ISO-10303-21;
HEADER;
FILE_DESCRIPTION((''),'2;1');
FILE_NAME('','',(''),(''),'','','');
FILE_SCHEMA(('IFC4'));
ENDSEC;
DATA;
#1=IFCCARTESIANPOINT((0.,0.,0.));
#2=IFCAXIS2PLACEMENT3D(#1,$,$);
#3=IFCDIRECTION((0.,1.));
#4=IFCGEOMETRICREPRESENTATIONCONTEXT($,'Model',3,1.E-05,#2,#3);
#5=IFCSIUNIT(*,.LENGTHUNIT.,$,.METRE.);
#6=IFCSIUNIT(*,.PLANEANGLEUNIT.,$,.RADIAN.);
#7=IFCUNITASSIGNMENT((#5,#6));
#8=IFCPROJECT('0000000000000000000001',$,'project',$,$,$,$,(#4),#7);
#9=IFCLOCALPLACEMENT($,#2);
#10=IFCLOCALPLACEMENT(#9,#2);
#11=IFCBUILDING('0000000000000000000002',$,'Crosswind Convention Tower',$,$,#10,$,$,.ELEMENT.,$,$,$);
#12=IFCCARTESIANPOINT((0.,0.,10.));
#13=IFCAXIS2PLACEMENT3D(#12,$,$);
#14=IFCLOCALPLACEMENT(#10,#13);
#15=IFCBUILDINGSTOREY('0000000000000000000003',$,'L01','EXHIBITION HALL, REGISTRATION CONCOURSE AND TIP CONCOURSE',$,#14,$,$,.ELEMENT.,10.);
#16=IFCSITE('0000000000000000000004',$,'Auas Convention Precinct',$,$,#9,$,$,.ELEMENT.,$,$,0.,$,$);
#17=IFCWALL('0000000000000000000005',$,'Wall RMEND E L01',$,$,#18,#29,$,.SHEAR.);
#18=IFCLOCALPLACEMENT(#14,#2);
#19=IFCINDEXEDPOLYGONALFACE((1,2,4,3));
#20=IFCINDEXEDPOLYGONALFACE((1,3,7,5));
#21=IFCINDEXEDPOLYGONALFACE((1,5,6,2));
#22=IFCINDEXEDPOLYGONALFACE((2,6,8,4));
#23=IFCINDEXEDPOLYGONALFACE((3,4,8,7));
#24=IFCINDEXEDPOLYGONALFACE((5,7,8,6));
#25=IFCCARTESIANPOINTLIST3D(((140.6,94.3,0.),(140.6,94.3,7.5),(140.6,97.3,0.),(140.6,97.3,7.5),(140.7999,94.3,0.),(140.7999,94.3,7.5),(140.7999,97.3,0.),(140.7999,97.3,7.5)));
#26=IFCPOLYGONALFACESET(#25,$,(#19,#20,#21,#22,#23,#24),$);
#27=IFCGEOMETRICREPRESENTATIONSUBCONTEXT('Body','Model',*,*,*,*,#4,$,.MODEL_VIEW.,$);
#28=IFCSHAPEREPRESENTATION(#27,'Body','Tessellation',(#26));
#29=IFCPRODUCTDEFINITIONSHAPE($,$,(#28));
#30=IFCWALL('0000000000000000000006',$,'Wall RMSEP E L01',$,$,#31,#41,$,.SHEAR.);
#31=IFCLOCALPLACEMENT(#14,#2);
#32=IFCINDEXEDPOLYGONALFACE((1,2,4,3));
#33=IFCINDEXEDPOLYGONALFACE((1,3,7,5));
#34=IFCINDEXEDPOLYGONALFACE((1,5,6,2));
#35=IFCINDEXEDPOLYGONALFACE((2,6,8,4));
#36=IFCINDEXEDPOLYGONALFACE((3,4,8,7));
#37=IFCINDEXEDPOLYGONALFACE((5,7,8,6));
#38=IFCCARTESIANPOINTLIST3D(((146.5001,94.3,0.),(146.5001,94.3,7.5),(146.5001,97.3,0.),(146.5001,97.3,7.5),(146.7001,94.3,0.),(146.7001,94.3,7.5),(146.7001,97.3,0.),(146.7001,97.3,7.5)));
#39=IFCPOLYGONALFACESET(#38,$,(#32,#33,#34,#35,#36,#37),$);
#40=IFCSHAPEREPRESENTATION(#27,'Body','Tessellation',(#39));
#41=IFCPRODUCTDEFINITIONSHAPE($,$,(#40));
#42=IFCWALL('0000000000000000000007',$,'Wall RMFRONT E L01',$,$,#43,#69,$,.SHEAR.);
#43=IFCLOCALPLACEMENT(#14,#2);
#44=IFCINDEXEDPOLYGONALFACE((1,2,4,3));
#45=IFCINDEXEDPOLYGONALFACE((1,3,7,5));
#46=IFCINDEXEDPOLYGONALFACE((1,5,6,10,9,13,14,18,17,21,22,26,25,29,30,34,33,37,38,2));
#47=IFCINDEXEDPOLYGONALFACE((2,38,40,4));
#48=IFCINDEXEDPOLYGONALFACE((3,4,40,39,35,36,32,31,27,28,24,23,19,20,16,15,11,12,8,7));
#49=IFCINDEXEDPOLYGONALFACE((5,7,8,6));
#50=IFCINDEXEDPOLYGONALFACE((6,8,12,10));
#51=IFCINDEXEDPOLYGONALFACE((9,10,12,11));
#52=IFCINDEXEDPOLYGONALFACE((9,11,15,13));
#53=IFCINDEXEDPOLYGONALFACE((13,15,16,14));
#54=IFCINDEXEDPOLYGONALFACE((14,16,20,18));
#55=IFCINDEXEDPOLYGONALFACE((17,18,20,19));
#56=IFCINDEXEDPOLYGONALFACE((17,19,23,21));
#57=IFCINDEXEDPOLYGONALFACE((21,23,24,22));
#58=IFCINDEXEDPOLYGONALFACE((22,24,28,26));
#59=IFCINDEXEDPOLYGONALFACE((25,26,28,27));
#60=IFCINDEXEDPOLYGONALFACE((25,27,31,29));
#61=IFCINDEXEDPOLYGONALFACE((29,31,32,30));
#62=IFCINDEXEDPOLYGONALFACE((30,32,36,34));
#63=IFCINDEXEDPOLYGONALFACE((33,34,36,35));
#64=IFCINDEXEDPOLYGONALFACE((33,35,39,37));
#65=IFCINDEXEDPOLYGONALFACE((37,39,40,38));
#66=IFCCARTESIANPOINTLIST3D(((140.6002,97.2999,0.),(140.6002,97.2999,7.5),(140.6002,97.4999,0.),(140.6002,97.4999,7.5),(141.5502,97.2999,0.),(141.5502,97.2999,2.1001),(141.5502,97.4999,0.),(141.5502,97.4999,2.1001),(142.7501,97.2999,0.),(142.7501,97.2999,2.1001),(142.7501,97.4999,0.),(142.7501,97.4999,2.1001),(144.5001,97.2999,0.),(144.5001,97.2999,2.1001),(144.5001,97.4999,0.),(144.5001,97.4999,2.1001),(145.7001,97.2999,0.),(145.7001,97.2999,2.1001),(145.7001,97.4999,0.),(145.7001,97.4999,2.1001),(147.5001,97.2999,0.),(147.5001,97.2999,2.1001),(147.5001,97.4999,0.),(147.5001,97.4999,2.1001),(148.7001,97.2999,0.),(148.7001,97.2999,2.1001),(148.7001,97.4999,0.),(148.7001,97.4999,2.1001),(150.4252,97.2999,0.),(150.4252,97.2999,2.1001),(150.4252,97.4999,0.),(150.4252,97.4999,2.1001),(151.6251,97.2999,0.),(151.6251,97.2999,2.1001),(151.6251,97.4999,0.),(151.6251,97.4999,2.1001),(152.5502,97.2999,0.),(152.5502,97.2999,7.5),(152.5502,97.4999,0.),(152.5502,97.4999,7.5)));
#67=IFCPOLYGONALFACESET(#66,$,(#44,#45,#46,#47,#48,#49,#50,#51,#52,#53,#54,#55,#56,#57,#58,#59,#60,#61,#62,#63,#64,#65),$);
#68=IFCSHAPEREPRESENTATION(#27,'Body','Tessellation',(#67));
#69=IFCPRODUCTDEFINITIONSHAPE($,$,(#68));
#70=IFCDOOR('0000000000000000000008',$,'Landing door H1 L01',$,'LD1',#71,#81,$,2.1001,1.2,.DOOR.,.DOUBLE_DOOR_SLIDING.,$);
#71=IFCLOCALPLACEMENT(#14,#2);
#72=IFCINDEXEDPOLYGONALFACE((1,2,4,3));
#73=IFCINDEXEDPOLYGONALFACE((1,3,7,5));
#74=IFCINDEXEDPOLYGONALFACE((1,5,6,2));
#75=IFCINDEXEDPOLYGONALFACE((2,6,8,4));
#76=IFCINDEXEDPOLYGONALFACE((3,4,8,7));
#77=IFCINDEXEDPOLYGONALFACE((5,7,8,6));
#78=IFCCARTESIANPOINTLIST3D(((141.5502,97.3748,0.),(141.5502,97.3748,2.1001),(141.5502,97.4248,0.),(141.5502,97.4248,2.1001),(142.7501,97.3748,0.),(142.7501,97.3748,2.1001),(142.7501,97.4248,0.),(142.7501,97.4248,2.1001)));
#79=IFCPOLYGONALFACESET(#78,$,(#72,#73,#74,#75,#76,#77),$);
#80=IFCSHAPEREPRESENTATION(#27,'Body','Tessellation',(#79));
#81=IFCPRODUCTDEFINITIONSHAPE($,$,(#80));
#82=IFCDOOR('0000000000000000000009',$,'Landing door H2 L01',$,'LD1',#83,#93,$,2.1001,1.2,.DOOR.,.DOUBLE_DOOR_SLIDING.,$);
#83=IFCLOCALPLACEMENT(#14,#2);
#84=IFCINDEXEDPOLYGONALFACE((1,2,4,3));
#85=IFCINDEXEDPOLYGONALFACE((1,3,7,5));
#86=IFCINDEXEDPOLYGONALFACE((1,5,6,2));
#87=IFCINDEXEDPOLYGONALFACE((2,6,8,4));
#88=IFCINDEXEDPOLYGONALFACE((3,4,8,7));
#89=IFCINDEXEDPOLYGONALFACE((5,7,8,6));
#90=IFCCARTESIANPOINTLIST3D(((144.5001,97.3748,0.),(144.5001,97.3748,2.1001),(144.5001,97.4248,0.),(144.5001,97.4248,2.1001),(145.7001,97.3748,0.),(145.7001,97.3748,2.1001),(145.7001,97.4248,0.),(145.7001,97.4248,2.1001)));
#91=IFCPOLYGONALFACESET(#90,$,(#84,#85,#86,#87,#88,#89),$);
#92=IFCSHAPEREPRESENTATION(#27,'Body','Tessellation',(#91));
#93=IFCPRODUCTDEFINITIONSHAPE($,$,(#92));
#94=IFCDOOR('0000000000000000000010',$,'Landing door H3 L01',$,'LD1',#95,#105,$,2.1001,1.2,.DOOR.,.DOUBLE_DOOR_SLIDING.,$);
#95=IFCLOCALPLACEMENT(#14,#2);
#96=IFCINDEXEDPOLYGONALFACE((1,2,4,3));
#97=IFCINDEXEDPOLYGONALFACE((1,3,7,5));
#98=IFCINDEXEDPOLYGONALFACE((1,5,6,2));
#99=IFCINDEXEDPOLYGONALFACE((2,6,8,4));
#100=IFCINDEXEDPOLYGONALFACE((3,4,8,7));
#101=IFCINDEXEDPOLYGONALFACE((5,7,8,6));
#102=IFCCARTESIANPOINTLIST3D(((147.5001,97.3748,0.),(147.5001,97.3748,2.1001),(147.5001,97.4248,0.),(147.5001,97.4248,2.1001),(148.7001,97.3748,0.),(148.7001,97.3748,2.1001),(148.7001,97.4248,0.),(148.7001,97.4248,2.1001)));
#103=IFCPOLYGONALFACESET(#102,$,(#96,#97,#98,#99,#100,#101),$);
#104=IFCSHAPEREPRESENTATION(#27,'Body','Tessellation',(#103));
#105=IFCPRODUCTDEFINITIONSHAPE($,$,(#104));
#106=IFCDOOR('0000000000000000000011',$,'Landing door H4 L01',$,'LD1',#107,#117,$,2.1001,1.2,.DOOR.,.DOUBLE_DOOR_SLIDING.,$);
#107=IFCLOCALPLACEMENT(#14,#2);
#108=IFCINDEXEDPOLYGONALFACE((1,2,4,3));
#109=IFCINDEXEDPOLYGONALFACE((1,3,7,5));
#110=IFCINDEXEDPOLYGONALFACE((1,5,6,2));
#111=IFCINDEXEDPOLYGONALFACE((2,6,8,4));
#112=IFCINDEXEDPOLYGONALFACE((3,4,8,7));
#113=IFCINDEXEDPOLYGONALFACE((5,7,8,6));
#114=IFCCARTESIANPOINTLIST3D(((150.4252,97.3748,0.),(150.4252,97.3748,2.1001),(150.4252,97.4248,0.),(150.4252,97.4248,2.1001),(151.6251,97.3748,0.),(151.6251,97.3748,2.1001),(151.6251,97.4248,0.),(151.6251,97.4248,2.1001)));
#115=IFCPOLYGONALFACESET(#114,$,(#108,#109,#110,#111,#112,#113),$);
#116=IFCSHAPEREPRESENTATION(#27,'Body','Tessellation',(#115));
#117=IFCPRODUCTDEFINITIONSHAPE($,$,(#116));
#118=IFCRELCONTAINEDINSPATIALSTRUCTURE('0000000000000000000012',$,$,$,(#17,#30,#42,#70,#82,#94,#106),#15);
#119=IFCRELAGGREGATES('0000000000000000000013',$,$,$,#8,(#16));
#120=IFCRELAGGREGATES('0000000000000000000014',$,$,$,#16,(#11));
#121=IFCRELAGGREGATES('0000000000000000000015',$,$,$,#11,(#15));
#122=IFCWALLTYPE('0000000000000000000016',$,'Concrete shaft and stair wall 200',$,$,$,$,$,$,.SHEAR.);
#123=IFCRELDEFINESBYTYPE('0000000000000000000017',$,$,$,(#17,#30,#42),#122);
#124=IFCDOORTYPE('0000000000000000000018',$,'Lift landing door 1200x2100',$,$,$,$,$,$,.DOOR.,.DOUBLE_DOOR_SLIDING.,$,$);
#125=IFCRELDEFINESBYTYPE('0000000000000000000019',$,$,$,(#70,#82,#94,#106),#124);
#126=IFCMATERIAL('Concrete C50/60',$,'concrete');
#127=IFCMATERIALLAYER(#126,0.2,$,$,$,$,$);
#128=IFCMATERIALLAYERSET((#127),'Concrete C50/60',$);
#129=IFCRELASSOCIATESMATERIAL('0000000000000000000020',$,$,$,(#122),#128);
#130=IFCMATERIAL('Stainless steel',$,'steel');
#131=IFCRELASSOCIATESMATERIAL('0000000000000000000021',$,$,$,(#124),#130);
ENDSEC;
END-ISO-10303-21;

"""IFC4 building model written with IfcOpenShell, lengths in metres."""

from ifc_helpers import new_model, si_unit, direction, frame, frame_2d, origin, place, context, subcontext, project, spatial, rectangle, extrude, material, layer, layer_set, type_object, element, fill, save


model = new_model("IFC4")

# Units and contexts
model_context = context("Model", 3, precision=1e-05, world=origin(), true_north=direction((0.0, 1.0)))
body_context = subcontext(model_context, "Body", "Model", "MODEL_VIEW")
ifc_project = project(units=[si_unit("LENGTHUNIT", "METRE"), si_unit("PLANEANGLEUNIT", "RADIAN")], contexts=[model_context])

# Site, building, storey
site_placement = place(None, origin())
site = spatial("IfcSite", under=ifc_project, at=site_placement, Name="Auas Convention Precinct", CompositionType="ELEMENT", RefElevation=0.0)
building_placement = place(site_placement, origin())
building = spatial("IfcBuilding", under=site, at=building_placement, Name="Crosswind Convention Tower", CompositionType="ELEMENT")
storey_placement = place(building_placement, frame((0.0, 0.0, 10.0)))
storey = spatial("IfcBuildingStorey", under=building, at=storey_placement, Name="L01", Description="EXHIBITION HALL, REGISTRATION CONCOURSE AND TIP CONCOURSE", CompositionType="ELEMENT", Elevation=10.0)

# Walls
ifc_material_1 = material(Name="Concrete C50/60", Category="concrete")
ifc_layer = layer(ifc_material_1, 0.2)
ifc_layer_set = layer_set([ifc_layer], Name="Concrete C50/60")
wall_type = type_object("IfcWallType", Name="Concrete shaft and stair wall 200", PredefinedType="SHEAR", material=ifc_layer_set)
for number, where, z_axis, x_axis, name in (
    (1, (140.7, 94.3, 0.0), (0.0, 0.0, 1.0), (0.0, 1.0, 0.0), "Wall RMEND E L01"),
    (2, (146.6001, 94.3, 0.0), (0.0, 0.0, 1.0), (0.0, 1.0, 0.0), "Wall RMSEP E L01"),
):
    element("IfcWall", number, at=place(storey_placement, frame(where, z_axis=z_axis, x_axis=x_axis)), inside=storey, type_object=wall_type, Name=name, PredefinedType="SHEAR", context=body_context, shape_type="SweptSolid", body=[
        extrude(rectangle(XDim=3.0, YDim=0.2, at=frame_2d((1.5, 0.0))), origin(), (0.0, 0.0, 1.0), 7.5),
    ])

# Wall, openings, doors
wall_1_placement = place(storey_placement, frame((140.6001, 97.3999, 0.0), z_axis=(0.0, 0.0, 1.0), x_axis=(1.0, 0.0, 0.0)))
wall_1 = element("IfcWall", 3, at=wall_1_placement, inside=storey, type_object=wall_type, Name="Wall RMFRONT E L01", PredefinedType="SHEAR", context=body_context, shape_type="SweptSolid", body=[
    extrude(rectangle(XDim=11.95, YDim=0.2, at=frame_2d((5.9751, 0.0))), origin(), (0.0, 0.0, 1.0), 7.5),
])
opening_1_placement = place(wall_1_placement, frame((0.95, 0.0, 0.0)))
opening_1 = element("IfcOpeningElement", 4, at=opening_1_placement, cuts=wall_1, PredefinedType="OPENING", context=body_context, shape_type="SweptSolid", body=[
    extrude(rectangle(XDim=1.2, YDim=2.1001, at=frame_2d((0.6001, 1.05))), frame((0.0, 0.1099, 0.0), z_axis=(0.0, -1.0, 0.0), x_axis=(1.0, 0.0, 0.0)), (0.0, 0.0, 1.0), 0.22),
])
opening_2_placement = place(wall_1_placement, frame((3.8999, 0.0, 0.0)))
opening_2 = element("IfcOpeningElement", 5, at=opening_2_placement, cuts=wall_1, PredefinedType="OPENING", context=body_context, shape_type="SweptSolid", body=[
    extrude(rectangle(XDim=1.2, YDim=2.1001, at=frame_2d((0.6001, 1.05))), frame((0.0, 0.1099, 0.0), z_axis=(0.0, -1.0, 0.0), x_axis=(1.0, 0.0, 0.0)), (0.0, 0.0, 1.0), 0.22),
])
opening_3_placement = place(wall_1_placement, frame((6.8999, 0.0, 0.0)))
opening_3 = element("IfcOpeningElement", 6, at=opening_3_placement, cuts=wall_1, PredefinedType="OPENING", context=body_context, shape_type="SweptSolid", body=[
    extrude(rectangle(XDim=1.2, YDim=2.1001, at=frame_2d((0.6001, 1.05))), frame((0.0, 0.1099, 0.0), z_axis=(0.0, -1.0, 0.0), x_axis=(1.0, 0.0, 0.0)), (0.0, 0.0, 1.0), 0.22),
])
opening_4_placement = place(wall_1_placement, frame((9.825, 0.0, 0.0)))
opening_4 = element("IfcOpeningElement", 7, at=opening_4_placement, cuts=wall_1, PredefinedType="OPENING", context=body_context, shape_type="SweptSolid", body=[
    extrude(rectangle(XDim=1.2, YDim=2.1001, at=frame_2d((0.6001, 1.05))), frame((0.0, 0.1099, 0.0), z_axis=(0.0, -1.0, 0.0), x_axis=(1.0, 0.0, 0.0)), (0.0, 0.0, 1.0), 0.22),
])
ifc_material_2 = material(Name="Stainless steel", Category="steel")
door_type_1 = type_object("IfcDoorType", Name="Lift landing door 1200x2100", OperationType="DOUBLE_DOOR_SLIDING", PredefinedType="DOOR", material=ifc_material_2)
door_1_placement = place(opening_1_placement, origin())
door_1 = element("IfcDoor", 8, at=door_1_placement, inside=storey, type_object=door_type_1, Name="Landing door H1 L01", ObjectType="LD1", OperationType="DOUBLE_DOOR_SLIDING", OverallHeight=2.1001, OverallWidth=1.2, PredefinedType="DOOR", context=body_context, shape_type="SweptSolid", body=[
    extrude(rectangle(XDim=1.2, YDim=2.1001, at=frame_2d((0.6001, 1.05))), frame((0.0, 0.0249, 0.0), z_axis=(0.0, -1.0, 0.0), x_axis=(1.0, 0.0, 0.0)), (0.0, 0.0, 1.0), 0.05),
])
fill(opening_1, door_1)
door_2_placement = place(opening_2_placement, origin())
door_2 = element("IfcDoor", 9, at=door_2_placement, inside=storey, type_object=door_type_1, Name="Landing door H2 L01", ObjectType="LD1", OperationType="DOUBLE_DOOR_SLIDING", OverallHeight=2.1001, OverallWidth=1.2, PredefinedType="DOOR", context=body_context, shape_type="SweptSolid", body=[
    extrude(rectangle(XDim=1.2, YDim=2.1001, at=frame_2d((0.6001, 1.05))), frame((0.0, 0.0249, 0.0), z_axis=(0.0, -1.0, 0.0), x_axis=(1.0, 0.0, 0.0)), (0.0, 0.0, 1.0), 0.05),
])
fill(opening_2, door_2)
door_3_placement = place(opening_3_placement, origin())
door_3 = element("IfcDoor", 10, at=door_3_placement, inside=storey, type_object=door_type_1, Name="Landing door H3 L01", ObjectType="LD1", OperationType="DOUBLE_DOOR_SLIDING", OverallHeight=2.1001, OverallWidth=1.2, PredefinedType="DOOR", context=body_context, shape_type="SweptSolid", body=[
    extrude(rectangle(XDim=1.2, YDim=2.1001, at=frame_2d((0.6001, 1.05))), frame((0.0, 0.0249, 0.0), z_axis=(0.0, -1.0, 0.0), x_axis=(1.0, 0.0, 0.0)), (0.0, 0.0, 1.0), 0.05),
])
fill(opening_3, door_3)
door_4_placement = place(opening_4_placement, origin())
door_4 = element("IfcDoor", 11, at=door_4_placement, inside=storey, type_object=door_type_1, Name="Landing door H4 L01", ObjectType="LD1", OperationType="DOUBLE_DOOR_SLIDING", OverallHeight=2.1001, OverallWidth=1.2, PredefinedType="DOOR", context=body_context, shape_type="SweptSolid", body=[
    extrude(rectangle(XDim=1.2, YDim=2.1001, at=frame_2d((0.6001, 1.05))), frame((0.0, 0.0249, 0.0), z_axis=(0.0, -1.0, 0.0), x_axis=(1.0, 0.0, 0.0)), (0.0, 0.0, 1.0), 0.05),
])
fill(opening_4, door_4)

save(model, "model.ifc")
